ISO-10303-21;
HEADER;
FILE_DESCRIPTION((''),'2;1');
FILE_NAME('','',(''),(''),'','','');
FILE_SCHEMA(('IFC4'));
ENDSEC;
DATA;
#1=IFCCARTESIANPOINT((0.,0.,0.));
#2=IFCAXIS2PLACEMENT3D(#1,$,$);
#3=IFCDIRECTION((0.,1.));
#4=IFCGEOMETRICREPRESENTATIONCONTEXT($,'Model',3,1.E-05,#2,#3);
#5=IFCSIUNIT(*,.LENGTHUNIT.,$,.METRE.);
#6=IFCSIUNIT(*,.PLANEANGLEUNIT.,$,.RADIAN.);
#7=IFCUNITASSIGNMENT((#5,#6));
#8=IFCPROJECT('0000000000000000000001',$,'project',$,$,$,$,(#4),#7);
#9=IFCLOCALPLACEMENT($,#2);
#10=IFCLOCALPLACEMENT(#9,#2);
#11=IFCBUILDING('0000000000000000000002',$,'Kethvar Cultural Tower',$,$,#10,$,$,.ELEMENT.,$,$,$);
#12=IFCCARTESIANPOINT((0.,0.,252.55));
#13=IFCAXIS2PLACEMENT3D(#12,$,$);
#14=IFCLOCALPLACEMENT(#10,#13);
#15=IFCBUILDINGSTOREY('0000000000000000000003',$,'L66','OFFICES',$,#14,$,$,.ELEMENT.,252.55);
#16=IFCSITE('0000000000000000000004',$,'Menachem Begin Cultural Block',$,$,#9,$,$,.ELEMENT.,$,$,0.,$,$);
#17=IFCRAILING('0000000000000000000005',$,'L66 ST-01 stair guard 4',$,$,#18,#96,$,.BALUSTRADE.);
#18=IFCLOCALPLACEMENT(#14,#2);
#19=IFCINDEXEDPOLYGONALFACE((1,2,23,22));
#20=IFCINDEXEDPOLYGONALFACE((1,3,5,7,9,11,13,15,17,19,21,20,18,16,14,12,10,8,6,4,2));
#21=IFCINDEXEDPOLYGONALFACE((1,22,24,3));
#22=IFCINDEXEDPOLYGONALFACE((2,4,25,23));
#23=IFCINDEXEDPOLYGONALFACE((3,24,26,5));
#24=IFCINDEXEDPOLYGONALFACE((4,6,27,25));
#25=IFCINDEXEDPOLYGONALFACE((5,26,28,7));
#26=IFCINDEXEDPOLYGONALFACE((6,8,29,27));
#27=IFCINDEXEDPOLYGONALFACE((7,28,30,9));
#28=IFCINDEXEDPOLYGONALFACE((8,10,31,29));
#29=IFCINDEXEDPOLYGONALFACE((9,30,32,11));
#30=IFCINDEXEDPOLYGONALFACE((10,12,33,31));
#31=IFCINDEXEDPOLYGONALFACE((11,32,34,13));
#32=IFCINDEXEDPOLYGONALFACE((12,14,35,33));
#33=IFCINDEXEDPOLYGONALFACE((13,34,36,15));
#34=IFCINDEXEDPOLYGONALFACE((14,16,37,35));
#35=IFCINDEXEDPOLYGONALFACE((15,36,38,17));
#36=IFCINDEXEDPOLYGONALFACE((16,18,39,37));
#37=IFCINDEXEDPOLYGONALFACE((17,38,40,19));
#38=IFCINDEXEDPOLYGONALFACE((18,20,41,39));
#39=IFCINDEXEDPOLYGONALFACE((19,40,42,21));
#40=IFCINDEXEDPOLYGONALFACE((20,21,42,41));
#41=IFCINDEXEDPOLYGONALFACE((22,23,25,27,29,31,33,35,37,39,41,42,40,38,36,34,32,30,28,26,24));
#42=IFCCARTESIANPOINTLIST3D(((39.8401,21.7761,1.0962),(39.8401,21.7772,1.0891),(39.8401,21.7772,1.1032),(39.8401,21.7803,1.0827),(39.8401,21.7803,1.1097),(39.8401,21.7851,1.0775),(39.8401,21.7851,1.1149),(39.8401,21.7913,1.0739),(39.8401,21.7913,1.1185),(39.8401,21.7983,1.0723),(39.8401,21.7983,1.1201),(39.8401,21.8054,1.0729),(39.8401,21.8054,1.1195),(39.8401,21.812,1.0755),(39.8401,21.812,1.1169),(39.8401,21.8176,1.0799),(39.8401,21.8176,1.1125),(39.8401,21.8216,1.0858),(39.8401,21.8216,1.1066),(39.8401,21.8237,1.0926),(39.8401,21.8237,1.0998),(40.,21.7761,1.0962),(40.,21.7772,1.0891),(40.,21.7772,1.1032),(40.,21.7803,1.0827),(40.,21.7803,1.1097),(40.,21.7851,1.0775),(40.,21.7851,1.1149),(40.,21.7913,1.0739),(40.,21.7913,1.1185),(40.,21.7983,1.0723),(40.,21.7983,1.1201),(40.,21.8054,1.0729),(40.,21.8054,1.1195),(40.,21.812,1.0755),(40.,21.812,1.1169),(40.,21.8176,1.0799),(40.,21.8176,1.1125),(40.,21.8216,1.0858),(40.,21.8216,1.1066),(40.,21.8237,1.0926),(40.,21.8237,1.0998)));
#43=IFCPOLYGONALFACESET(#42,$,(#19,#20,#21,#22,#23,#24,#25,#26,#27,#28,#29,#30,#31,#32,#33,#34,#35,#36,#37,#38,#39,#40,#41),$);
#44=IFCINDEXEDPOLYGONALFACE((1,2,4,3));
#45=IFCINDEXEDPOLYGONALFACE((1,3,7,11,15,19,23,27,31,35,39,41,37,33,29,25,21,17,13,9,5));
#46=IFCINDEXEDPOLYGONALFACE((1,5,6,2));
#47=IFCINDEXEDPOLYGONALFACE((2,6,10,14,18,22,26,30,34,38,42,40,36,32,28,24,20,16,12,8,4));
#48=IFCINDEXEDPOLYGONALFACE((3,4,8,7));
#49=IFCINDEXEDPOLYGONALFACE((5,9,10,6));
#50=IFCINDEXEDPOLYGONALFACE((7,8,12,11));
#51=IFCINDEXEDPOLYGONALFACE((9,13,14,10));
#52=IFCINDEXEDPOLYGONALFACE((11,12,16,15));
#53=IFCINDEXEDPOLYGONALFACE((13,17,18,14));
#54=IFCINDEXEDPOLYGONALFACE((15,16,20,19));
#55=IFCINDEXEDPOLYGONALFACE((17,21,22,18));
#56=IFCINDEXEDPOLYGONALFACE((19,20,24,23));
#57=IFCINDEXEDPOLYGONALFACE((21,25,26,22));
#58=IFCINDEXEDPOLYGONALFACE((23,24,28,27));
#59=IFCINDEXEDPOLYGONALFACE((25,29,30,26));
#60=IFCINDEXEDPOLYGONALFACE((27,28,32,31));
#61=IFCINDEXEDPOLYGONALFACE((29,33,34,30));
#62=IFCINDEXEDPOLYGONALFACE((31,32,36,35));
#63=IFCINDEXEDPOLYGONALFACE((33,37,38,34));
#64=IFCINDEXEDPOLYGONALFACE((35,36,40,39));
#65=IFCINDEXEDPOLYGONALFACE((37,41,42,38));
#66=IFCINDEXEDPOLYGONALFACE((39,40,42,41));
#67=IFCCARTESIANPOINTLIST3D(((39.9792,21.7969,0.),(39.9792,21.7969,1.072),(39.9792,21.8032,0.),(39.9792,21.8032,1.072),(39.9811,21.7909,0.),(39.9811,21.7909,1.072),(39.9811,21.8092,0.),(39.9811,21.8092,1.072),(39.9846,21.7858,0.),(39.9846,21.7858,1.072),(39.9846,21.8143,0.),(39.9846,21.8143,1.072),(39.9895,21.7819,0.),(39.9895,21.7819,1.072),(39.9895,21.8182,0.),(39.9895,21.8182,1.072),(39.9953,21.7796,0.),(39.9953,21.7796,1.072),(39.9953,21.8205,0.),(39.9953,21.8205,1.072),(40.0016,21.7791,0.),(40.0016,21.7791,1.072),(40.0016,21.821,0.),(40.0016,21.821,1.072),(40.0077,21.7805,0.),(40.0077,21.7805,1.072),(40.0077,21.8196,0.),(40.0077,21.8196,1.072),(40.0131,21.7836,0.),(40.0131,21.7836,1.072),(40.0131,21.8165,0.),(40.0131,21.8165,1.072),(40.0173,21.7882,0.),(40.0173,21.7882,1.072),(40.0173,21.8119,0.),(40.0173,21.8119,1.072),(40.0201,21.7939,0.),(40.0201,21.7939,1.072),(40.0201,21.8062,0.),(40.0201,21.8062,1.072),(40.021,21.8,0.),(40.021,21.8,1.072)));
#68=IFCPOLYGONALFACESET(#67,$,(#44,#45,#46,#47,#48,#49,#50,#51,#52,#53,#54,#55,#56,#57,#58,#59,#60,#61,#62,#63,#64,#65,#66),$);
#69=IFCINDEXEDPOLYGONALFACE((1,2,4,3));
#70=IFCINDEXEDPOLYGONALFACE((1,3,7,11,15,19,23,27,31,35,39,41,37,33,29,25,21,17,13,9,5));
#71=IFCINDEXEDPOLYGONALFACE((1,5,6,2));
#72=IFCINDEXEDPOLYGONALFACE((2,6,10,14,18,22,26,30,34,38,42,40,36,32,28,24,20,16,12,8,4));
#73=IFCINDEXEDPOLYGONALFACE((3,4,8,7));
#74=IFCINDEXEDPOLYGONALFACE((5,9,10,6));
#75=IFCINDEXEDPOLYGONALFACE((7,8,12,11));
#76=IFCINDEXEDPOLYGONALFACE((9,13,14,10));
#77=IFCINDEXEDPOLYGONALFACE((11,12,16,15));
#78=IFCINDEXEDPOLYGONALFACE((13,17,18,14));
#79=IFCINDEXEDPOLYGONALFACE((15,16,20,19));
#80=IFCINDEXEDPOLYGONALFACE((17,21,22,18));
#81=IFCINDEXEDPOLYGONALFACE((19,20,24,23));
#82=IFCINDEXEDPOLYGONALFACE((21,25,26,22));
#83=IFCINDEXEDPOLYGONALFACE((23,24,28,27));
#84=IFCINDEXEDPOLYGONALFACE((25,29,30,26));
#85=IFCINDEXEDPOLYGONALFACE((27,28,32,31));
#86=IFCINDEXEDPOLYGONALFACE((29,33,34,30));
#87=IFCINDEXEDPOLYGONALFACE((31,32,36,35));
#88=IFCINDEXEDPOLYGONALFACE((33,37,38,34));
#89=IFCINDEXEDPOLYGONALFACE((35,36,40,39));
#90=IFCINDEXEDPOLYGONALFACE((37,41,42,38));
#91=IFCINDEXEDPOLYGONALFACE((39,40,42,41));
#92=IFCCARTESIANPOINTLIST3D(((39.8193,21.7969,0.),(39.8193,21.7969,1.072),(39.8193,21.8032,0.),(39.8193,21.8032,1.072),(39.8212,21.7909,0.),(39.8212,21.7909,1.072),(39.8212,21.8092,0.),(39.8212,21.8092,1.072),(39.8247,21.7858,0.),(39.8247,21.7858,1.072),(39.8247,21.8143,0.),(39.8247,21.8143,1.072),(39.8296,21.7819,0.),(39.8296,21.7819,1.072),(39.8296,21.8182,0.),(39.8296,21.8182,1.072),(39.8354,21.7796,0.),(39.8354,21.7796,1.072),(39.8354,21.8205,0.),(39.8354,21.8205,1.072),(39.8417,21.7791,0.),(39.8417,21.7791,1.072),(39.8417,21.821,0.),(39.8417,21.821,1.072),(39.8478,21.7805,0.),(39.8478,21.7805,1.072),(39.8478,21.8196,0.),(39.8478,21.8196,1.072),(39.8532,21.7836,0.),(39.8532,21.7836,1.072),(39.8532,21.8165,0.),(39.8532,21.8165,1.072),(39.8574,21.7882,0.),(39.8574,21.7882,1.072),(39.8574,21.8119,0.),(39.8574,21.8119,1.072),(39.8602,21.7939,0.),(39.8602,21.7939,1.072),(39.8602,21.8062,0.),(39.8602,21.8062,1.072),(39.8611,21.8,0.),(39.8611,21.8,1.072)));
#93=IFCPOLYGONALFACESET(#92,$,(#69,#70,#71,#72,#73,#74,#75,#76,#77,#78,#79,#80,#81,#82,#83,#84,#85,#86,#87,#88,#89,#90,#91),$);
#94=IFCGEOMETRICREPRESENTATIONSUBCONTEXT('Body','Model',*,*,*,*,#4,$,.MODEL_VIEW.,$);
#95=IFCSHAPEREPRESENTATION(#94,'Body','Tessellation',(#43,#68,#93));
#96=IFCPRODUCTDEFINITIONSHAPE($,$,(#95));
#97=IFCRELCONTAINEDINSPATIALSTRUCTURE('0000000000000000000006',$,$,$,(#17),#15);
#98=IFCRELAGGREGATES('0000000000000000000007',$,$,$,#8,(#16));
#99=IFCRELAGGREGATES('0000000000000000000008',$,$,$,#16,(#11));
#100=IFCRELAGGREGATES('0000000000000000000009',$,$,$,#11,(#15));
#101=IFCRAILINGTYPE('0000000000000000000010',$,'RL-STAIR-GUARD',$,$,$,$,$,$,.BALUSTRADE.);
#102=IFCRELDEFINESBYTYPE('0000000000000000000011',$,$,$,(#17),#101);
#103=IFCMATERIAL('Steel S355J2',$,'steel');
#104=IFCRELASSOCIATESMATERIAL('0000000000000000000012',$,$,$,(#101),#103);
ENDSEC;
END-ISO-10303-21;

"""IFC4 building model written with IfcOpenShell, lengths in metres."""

from ifc_helpers import new_model, si_unit, direction, frame, origin, origin_2d, place, context, subcontext, project, spatial, circle, extrude, material, type_object, element, save


model = new_model("IFC4")

# Units and contexts
model_context = context("Model", 3, precision=1e-05, world=origin(), true_north=direction((0.0, 1.0)))
body_context = subcontext(model_context, "Body", "Model", "MODEL_VIEW")
ifc_project = project(units=[si_unit("LENGTHUNIT", "METRE"), si_unit("PLANEANGLEUNIT", "RADIAN")], contexts=[model_context])

# Site, building, storey
site_placement = place(None, origin())
site = spatial("IfcSite", under=ifc_project, at=site_placement, Name="Menachem Begin Cultural Block", CompositionType="ELEMENT", RefElevation=0.0)
building_placement = place(site_placement, origin())
building = spatial("IfcBuilding", under=site, at=building_placement, Name="Kethvar Cultural Tower", CompositionType="ELEMENT")
storey_placement = place(building_placement, frame((0.0, 0.0, 252.55)))
storey = spatial("IfcBuildingStorey", under=building, at=storey_placement, Name="L66", Description="OFFICES", CompositionType="ELEMENT", Elevation=252.55)

# Shared definitions
ifc_material_1 = material(Name="Steel S355J2", Category="steel")

# Railing
railing_type_1 = type_object("IfcRailingType", Name="RL-STAIR-GUARD", PredefinedType="BALUSTRADE", material=ifc_material_1)
railing_1_placement = place(storey_placement, frame((40.0, 21.8, 0.0)))
element("IfcRailing", 1, at=railing_1_placement, inside=storey, type_object=railing_type_1, Name="L66 ST-01 stair guard 4", PredefinedType="BALUSTRADE", context=body_context, shape_type="SweptSolid", body=[
    extrude(circle(Radius=0.0239, at=origin_2d()), frame((0.0, 0.0, 1.0962), z_axis=(-1.0, 0.0, 0.0), x_axis=(0.0, -1.0, 0.0)), (0.0, 0.0, 1.0), 0.1599),
    extrude(circle(Radius=0.021, at=origin_2d()), origin(), (0.0, 0.0, 1.0), 1.072),
    extrude(circle(Radius=0.021, at=origin_2d()), frame((-0.1599, 0.0, 0.0)), (0.0, 0.0, 1.0), 1.072),
])

save(model, "model.ifc")
